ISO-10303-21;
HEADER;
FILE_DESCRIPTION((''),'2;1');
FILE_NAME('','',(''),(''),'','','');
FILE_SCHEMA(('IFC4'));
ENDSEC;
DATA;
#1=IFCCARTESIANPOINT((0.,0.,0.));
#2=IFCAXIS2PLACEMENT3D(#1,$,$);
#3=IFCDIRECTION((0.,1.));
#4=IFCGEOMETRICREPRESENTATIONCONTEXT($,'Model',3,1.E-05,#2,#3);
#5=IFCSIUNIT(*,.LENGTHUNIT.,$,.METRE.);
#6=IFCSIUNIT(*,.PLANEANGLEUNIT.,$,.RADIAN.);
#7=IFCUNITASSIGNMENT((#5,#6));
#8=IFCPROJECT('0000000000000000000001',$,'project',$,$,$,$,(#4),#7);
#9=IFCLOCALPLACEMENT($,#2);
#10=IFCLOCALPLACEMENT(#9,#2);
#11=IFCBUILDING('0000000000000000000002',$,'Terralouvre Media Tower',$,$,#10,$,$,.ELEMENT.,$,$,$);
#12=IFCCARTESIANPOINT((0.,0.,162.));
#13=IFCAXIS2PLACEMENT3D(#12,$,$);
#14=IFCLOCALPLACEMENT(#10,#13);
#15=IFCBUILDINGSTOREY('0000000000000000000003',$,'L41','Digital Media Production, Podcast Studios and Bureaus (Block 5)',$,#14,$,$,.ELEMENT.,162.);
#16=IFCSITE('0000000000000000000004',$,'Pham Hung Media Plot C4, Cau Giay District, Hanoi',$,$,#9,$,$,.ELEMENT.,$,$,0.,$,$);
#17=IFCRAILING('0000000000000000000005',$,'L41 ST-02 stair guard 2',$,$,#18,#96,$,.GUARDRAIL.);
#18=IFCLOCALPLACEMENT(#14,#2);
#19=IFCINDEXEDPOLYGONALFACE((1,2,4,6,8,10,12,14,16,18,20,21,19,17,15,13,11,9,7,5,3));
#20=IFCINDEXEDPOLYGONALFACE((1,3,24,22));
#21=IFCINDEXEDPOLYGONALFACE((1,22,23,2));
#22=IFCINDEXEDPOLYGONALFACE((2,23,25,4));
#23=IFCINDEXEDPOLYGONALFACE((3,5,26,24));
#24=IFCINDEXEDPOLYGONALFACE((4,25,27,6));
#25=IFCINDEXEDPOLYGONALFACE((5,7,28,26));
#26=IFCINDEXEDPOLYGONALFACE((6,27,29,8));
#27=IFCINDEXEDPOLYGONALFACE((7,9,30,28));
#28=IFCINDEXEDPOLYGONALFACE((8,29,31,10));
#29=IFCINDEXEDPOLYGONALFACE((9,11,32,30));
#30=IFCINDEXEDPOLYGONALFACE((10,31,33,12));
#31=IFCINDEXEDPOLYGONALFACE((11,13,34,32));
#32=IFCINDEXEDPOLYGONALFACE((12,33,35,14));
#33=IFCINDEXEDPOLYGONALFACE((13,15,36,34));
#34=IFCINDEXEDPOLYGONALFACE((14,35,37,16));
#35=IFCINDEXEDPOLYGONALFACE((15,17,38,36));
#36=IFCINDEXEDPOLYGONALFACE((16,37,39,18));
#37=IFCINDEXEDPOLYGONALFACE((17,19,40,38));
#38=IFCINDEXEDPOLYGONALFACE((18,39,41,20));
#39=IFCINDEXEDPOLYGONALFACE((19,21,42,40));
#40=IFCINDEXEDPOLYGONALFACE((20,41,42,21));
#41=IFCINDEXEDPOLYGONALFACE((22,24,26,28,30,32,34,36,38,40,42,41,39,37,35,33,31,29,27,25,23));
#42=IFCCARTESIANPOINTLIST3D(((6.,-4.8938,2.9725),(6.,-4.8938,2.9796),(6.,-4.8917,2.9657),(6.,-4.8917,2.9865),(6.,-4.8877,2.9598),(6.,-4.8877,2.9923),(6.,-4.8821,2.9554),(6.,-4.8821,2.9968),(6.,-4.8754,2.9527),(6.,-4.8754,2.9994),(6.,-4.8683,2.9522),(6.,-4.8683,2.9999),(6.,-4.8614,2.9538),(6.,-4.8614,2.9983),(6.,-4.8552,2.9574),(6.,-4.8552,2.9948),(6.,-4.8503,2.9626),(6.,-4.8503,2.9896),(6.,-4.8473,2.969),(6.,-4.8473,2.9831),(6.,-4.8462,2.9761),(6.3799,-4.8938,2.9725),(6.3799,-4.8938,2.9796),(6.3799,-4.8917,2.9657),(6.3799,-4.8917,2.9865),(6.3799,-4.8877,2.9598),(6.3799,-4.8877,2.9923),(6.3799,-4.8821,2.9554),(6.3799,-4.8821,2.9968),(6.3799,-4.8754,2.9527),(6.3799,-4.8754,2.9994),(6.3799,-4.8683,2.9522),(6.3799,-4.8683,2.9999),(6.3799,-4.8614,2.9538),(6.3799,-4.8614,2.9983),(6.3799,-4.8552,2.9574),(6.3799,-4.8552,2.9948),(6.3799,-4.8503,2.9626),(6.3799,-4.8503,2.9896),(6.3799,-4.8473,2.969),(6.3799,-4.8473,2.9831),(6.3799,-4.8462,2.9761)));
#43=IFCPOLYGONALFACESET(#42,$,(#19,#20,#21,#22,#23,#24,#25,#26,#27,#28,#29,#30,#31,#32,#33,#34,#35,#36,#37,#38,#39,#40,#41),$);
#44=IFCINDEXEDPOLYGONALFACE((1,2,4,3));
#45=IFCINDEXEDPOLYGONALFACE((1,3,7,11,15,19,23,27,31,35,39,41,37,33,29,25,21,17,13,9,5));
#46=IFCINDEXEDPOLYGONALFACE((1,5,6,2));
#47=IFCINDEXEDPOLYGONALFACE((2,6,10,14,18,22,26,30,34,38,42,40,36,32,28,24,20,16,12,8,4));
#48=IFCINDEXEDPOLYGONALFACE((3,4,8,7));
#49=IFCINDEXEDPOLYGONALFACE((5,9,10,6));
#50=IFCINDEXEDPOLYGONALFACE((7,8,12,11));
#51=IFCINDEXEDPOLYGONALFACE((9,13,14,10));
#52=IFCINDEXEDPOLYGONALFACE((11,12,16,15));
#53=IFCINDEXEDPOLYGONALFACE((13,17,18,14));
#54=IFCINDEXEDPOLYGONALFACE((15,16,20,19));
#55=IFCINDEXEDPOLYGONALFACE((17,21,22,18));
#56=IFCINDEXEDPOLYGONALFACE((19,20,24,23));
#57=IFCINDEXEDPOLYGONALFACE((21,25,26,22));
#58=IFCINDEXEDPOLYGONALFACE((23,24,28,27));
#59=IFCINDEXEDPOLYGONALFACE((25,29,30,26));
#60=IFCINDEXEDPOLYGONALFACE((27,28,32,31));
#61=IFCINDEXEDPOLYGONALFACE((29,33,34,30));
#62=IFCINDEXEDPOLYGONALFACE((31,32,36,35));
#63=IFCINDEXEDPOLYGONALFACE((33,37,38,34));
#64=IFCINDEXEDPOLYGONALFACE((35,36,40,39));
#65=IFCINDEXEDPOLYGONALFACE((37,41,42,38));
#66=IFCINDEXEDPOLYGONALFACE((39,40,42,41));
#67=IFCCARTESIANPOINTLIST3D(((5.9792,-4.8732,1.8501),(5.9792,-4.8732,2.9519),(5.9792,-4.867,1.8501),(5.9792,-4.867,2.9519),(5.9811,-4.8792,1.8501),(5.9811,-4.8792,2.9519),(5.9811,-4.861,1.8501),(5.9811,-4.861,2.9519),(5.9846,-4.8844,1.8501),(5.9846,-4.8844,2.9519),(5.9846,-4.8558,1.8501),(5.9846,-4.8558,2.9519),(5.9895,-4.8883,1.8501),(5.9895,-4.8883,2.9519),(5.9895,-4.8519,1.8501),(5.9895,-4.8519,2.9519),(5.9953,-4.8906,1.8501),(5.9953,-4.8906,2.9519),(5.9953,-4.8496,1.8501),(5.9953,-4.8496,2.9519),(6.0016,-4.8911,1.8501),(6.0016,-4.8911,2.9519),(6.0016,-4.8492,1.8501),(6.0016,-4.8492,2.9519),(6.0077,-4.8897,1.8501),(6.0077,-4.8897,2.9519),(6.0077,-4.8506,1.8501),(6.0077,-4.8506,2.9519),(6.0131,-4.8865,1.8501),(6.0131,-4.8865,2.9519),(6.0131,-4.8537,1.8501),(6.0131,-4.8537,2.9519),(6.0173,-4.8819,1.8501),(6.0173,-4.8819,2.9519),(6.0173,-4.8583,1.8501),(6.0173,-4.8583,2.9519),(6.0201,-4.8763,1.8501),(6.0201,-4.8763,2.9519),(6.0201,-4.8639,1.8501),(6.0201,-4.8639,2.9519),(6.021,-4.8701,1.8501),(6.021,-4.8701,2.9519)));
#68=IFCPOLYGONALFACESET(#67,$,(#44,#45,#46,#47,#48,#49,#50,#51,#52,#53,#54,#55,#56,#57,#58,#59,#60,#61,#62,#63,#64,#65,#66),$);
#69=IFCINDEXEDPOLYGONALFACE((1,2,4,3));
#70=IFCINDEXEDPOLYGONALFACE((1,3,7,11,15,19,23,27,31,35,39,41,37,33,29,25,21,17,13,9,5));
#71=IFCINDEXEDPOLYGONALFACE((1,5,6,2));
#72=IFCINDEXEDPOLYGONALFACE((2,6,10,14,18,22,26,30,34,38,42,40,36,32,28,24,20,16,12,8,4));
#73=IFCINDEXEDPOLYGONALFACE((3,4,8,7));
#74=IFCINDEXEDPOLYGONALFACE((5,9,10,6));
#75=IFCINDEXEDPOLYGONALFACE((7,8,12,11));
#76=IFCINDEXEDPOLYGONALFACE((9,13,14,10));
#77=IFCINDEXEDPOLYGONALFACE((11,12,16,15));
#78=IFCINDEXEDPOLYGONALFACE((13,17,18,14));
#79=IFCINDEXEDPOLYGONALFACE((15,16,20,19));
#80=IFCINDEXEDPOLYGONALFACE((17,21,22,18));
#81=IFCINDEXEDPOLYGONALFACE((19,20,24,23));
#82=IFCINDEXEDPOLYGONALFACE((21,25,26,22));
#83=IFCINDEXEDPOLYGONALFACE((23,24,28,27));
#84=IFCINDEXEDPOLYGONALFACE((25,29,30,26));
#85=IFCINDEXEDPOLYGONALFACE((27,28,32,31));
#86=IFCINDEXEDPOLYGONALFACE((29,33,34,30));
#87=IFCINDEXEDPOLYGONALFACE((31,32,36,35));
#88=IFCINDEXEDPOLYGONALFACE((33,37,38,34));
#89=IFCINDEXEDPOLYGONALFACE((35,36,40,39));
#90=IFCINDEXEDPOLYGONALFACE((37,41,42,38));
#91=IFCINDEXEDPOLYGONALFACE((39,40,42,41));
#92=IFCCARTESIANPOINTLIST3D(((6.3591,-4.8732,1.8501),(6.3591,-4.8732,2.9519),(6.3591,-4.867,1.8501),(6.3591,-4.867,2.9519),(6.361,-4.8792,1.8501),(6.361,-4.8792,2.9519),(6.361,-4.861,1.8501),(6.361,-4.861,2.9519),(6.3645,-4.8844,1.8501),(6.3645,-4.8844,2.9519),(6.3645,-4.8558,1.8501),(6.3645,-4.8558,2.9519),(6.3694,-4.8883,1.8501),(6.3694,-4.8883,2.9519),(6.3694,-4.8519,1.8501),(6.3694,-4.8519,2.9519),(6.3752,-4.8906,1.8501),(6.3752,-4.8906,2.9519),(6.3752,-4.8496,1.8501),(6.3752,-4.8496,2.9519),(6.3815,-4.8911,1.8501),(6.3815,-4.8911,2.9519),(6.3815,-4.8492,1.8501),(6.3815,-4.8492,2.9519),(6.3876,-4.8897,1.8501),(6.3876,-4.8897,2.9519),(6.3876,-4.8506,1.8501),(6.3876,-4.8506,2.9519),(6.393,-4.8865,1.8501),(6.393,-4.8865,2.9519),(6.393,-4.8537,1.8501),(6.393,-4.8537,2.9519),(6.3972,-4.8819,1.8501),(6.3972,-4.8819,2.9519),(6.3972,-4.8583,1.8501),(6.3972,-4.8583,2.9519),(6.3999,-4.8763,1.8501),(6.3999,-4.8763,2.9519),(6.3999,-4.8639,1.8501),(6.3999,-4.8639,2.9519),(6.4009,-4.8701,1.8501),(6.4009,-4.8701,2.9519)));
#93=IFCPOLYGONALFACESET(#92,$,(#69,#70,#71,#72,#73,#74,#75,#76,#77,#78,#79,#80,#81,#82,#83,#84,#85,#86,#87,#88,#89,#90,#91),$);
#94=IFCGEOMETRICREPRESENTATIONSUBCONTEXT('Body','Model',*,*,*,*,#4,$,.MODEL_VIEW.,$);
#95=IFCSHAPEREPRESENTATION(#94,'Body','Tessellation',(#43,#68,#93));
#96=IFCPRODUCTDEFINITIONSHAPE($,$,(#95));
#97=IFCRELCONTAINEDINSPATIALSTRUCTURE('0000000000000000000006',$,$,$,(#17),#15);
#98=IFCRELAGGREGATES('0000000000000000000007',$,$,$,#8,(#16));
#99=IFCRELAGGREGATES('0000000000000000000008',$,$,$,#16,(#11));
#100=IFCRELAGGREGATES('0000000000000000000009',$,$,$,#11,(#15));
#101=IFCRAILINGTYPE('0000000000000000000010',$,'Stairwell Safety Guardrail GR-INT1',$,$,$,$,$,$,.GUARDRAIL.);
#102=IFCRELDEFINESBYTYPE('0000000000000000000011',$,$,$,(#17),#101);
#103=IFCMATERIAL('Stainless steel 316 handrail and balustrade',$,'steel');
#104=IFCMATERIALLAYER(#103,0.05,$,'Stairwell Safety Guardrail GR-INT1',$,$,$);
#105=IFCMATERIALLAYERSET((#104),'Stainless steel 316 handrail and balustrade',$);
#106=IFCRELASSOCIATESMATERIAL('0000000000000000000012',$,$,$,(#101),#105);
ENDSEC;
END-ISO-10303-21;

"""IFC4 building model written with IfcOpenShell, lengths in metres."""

from ifc_helpers import new_model, si_unit, direction, frame, origin, origin_2d, place, context, subcontext, project, spatial, circle, extrude, material, layer, layer_set, type_object, element, save


model = new_model("IFC4")

# Units and contexts
model_context = context("Model", 3, precision=1e-05, world=origin(), true_north=direction((0.0, 1.0)))
body_context = subcontext(model_context, "Body", "Model", "MODEL_VIEW")
ifc_project = project(units=[si_unit("LENGTHUNIT", "METRE"), si_unit("PLANEANGLEUNIT", "RADIAN")], contexts=[model_context])

# Site, building, storey
site_placement = place(None, origin())
site = spatial("IfcSite", under=ifc_project, at=site_placement, Name="Pham Hung Media Plot C4, Cau Giay District, Hanoi", CompositionType="ELEMENT", RefElevation=0.0)
building_placement = place(site_placement, origin())
building = spatial("IfcBuilding", under=site, at=building_placement, Name="Terralouvre Media Tower", CompositionType="ELEMENT")
storey_placement = place(building_placement, frame((0.0, 0.0, 162.0)))
storey = spatial("IfcBuildingStorey", under=building, at=storey_placement, Name="L41", Description="Digital Media Production, Podcast Studios and Bureaus (Block 5)", CompositionType="ELEMENT", Elevation=162.0)

# Railing
ifc_material_1 = material(Name="Stainless steel 316 handrail and balustrade", Category="steel")
ifc_layer_1 = layer(ifc_material_1, 0.05, Name="Stairwell Safety Guardrail GR-INT1")
ifc_layer_set_1 = layer_set([ifc_layer_1], Name="Stainless steel 316 handrail and balustrade")
railing_type_1 = type_object("IfcRailingType", Name="Stairwell Safety Guardrail GR-INT1", PredefinedType="GUARDRAIL", material=ifc_layer_set_1)
railing_1_placement = place(storey_placement, frame((6.0, -4.8701, 1.8501)))
element("IfcRailing", 1, at=railing_1_placement, inside=storey, type_object=railing_type_1, Name="L41 ST-02 stair guard 2", PredefinedType="GUARDRAIL", context=body_context, shape_type="SweptSolid", body=[
    extrude(circle(Radius=0.0239, at=origin_2d()), frame((0.0, 0.0, 1.126), z_axis=(1.0, 0.0, 0.0), x_axis=(0.0, 1.0, 0.0)), (0.0, 0.0, 1.0), 0.3799),
    extrude(circle(Radius=0.021, at=origin_2d()), origin(), (0.0, 0.0, 1.0), 1.1018),
    extrude(circle(Radius=0.021, at=origin_2d()), frame((0.3799, 0.0, 0.0)), (0.0, 0.0, 1.0), 1.1018),
])

save(model, "model.ifc")
